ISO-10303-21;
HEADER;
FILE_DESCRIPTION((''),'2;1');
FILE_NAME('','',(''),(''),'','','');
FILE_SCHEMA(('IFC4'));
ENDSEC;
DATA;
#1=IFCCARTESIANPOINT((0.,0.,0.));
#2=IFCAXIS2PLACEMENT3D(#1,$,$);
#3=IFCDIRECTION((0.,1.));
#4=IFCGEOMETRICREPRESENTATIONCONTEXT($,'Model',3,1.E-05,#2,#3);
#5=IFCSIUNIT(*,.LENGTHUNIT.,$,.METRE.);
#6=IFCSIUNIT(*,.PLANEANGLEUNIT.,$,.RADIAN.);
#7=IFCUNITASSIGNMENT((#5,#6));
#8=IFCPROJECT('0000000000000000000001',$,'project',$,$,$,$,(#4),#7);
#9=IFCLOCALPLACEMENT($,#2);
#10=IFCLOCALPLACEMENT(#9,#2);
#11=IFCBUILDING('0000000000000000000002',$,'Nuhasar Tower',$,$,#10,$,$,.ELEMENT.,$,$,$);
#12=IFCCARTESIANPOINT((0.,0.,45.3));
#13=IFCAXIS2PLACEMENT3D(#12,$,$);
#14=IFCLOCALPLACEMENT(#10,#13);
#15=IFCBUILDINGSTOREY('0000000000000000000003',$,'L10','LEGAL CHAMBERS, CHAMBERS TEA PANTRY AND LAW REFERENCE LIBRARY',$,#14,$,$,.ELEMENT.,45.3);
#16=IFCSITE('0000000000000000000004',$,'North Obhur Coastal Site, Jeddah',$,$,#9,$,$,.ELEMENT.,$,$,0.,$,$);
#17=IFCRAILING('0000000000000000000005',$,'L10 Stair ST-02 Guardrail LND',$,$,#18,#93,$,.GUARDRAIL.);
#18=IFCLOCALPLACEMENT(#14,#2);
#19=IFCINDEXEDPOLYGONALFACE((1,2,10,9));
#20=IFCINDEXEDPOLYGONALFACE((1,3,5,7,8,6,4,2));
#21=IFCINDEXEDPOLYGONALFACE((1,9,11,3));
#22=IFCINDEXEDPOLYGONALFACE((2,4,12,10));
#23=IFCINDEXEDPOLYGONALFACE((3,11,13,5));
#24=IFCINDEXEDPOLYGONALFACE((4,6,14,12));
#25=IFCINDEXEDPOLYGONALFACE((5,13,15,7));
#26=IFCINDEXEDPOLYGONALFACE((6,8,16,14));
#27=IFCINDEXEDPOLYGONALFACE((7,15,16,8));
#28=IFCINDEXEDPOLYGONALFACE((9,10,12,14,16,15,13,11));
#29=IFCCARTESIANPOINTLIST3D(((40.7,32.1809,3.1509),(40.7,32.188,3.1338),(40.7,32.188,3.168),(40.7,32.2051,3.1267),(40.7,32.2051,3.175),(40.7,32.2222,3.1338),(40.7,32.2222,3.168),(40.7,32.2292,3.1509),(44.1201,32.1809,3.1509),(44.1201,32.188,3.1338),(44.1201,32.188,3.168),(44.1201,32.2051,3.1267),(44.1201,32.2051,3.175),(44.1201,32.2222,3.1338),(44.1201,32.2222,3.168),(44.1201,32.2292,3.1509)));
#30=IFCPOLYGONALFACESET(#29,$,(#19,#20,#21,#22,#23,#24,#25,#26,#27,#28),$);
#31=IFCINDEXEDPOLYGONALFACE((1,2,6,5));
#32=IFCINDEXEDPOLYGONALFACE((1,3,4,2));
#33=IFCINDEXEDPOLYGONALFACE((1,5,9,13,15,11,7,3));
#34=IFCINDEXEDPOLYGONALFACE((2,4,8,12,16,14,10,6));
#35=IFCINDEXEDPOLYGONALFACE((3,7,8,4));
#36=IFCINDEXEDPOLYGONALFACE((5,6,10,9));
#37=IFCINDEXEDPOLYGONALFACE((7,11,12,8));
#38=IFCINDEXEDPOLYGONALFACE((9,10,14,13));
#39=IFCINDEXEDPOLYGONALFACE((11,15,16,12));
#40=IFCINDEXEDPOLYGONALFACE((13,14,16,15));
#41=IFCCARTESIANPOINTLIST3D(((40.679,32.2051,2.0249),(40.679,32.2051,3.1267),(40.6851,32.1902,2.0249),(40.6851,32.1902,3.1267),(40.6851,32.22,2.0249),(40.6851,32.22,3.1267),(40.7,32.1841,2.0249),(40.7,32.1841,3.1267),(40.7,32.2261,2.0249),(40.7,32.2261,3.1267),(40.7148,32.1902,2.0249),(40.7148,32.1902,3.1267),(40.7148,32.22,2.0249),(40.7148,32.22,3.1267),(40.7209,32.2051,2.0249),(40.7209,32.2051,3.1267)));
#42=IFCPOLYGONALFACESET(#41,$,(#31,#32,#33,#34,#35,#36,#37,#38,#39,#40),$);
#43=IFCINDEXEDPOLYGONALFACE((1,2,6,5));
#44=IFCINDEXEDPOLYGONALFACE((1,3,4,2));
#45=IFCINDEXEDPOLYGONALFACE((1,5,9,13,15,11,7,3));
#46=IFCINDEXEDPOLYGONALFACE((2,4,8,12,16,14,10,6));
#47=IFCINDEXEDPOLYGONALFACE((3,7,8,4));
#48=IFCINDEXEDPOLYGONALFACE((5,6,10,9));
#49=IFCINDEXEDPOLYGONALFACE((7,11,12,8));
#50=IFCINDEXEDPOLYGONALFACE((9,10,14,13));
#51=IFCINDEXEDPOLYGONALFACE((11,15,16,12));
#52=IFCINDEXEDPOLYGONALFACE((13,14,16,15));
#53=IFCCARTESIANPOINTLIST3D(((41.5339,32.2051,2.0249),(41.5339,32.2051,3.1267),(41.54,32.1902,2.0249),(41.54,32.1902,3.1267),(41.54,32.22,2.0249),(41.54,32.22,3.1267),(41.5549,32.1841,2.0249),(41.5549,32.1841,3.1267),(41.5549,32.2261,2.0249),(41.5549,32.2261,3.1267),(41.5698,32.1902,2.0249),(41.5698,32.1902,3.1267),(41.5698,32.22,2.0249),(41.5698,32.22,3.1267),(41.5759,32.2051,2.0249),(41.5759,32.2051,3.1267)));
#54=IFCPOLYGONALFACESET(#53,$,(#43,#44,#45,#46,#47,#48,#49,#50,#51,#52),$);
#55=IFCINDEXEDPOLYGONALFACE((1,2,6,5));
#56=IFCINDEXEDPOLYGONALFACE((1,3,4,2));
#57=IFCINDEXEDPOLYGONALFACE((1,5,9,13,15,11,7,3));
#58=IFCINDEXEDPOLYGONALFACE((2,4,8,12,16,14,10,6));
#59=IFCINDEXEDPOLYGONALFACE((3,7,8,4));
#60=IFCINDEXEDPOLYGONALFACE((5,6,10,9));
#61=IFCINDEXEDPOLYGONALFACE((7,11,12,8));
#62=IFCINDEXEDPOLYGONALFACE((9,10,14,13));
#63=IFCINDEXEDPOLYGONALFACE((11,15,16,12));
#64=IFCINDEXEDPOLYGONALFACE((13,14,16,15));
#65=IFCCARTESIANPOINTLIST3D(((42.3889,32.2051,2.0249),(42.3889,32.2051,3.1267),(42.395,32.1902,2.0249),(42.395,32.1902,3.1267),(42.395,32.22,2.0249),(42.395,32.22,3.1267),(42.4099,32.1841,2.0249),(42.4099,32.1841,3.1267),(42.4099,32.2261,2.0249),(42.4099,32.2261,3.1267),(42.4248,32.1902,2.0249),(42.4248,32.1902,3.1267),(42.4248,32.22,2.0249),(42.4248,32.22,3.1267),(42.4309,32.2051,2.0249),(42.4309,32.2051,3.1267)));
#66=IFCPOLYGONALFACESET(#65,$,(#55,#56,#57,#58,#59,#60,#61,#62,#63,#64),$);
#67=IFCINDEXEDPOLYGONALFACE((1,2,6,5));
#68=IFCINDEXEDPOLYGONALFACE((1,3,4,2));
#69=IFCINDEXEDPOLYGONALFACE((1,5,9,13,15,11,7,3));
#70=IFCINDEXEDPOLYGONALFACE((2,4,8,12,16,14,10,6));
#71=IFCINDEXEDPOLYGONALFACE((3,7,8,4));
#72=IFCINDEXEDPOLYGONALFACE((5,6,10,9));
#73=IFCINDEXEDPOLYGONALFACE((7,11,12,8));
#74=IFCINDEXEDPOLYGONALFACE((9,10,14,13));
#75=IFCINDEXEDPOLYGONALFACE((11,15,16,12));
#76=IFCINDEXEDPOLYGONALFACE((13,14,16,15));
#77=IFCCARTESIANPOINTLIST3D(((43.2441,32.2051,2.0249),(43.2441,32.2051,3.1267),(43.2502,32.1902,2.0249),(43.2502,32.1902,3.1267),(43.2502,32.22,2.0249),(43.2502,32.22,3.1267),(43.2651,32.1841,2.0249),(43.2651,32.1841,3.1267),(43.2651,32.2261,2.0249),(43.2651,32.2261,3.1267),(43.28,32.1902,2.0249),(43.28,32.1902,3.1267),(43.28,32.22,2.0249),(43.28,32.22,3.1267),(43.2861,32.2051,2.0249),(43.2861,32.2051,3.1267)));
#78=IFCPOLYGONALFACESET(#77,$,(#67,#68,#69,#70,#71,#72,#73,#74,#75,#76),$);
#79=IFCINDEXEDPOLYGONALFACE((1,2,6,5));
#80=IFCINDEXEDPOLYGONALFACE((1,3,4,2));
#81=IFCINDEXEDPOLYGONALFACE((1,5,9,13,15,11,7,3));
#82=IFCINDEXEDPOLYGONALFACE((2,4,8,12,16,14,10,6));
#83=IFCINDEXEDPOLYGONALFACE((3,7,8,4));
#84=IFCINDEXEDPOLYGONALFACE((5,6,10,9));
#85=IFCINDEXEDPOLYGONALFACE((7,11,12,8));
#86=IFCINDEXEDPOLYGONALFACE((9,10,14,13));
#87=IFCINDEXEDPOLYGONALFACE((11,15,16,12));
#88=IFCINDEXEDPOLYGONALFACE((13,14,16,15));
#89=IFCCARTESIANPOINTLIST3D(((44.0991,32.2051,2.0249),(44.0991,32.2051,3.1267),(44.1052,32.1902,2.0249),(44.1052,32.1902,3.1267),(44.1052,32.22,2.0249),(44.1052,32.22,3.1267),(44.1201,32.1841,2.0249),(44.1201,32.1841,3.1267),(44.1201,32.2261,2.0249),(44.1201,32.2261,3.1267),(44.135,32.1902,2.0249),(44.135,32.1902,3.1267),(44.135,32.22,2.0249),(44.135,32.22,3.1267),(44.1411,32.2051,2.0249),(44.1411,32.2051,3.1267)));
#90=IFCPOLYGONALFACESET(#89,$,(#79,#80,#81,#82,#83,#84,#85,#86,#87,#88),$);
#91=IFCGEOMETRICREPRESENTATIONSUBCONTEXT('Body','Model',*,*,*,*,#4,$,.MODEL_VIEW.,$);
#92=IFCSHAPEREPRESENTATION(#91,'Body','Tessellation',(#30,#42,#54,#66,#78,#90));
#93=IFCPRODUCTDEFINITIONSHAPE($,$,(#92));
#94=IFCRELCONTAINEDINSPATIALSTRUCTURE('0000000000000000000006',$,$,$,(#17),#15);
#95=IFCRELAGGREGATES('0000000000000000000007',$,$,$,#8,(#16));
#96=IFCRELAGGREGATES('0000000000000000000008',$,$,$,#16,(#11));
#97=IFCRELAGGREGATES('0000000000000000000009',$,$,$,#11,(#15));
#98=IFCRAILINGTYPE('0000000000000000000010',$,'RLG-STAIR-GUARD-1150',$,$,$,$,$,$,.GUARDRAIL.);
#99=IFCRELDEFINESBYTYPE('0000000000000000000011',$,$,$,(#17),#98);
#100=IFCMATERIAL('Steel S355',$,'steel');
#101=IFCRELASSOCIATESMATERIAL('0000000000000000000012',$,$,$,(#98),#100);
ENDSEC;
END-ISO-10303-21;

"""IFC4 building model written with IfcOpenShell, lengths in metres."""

from ifc_helpers import new_model, si_unit, direction, frame, origin, place, context, subcontext, project, spatial, polyline, outline, extrude, material, type_object, element, save


model = new_model("IFC4")

# Units and contexts
model_context = context("Model", 3, precision=1e-05, world=origin(), true_north=direction((0.0, 1.0)))
body_context = subcontext(model_context, "Body", "Model", "MODEL_VIEW")
ifc_project = project(units=[si_unit("LENGTHUNIT", "METRE"), si_unit("PLANEANGLEUNIT", "RADIAN")], contexts=[model_context])

# Site, building, storey
site_placement = place(None, origin())
site = spatial("IfcSite", under=ifc_project, at=site_placement, Name="North Obhur Coastal Site, Jeddah", CompositionType="ELEMENT", RefElevation=0.0)
building_placement = place(site_placement, origin())
building = spatial("IfcBuilding", under=site, at=building_placement, Name="Nuhasar Tower", CompositionType="ELEMENT")
storey_placement = place(building_placement, frame((0.0, 0.0, 45.3)))
storey = spatial("IfcBuildingStorey", under=building, at=storey_placement, Name="L10", Description="LEGAL CHAMBERS, CHAMBERS TEA PANTRY AND LAW REFERENCE LIBRARY", CompositionType="ELEMENT", Elevation=45.3)

# Shared definitions
ifc_material_1 = material(Name="Steel S355", Category="steel")

# Railing
railing_type_1 = type_object("IfcRailingType", Name="RLG-STAIR-GUARD-1150", PredefinedType="GUARDRAIL", material=ifc_material_1)
railing_1_placement = place(storey_placement, frame((40.7, 32.2051, 2.0249)))
element("IfcRailing", 1, at=railing_1_placement, inside=storey, type_object=railing_type_1, Name="L10 Stair ST-02 Guardrail LND", PredefinedType="GUARDRAIL", context=body_context, shape_type="SweptSolid", body=[
    extrude(outline(polyline([(0.0242, 0.0), (0.0171, 0.0171), (0.0, 0.0242), (-0.0171, 0.0171), (-0.0242, 0.0), (-0.0171, -0.0171), (0.0, -0.0242), (0.0171, -0.0171), (0.0242, 0.0)])), frame((0.0, 0.0, 1.126), z_axis=(1.0, 0.0, 0.0), x_axis=(0.0, 1.0, 0.0)), (0.0, 0.0, 1.0), 3.4202),
    extrude(outline(polyline([(0.021, 0.0), (0.0149, 0.0149), (0.0, 0.021), (-0.0149, 0.0149), (-0.021, 0.0), (-0.0149, -0.0149), (0.0, -0.021), (0.0149, -0.0149), (0.021, 0.0)])), origin(), (0.0, 0.0, 1.0), 1.1018),
    extrude(outline(polyline([(0.021, 0.0), (0.0149, 0.0149), (0.0, 0.021), (-0.0149, 0.0149), (-0.021, 0.0), (-0.0149, -0.0149), (0.0, -0.021), (0.0149, -0.0149), (0.021, 0.0)])), frame((0.855, 0.0, 0.0)), (0.0, 0.0, 1.0), 1.1018),
    extrude(outline(polyline([(0.021, 0.0), (0.0149, 0.0149), (0.0, 0.021), (-0.0149, 0.0149), (-0.021, 0.0), (-0.0149, -0.0149), (0.0, -0.021), (0.0149, -0.0149), (0.021, 0.0)])), frame((1.71, 0.0, 0.0)), (0.0, 0.0, 1.0), 1.1018),
    extrude(outline(polyline([(0.021, 0.0), (0.0149, 0.0149), (0.0, 0.021), (-0.0149, 0.0149), (-0.021, 0.0), (-0.0149, -0.0149), (0.0, -0.021), (0.0149, -0.0149), (0.021, 0.0)])), frame((2.5652, 0.0, 0.0)), (0.0, 0.0, 1.0), 1.1018),
    extrude(outline(polyline([(0.021, 0.0), (0.0149, 0.0149), (0.0, 0.021), (-0.0149, 0.0149), (-0.021, 0.0), (-0.0149, -0.0149), (0.0, -0.021), (0.0149, -0.0149), (0.021, 0.0)])), frame((3.4202, 0.0, 0.0)), (0.0, 0.0, 1.0), 1.1018),
])

save(model, "model.ifc")
